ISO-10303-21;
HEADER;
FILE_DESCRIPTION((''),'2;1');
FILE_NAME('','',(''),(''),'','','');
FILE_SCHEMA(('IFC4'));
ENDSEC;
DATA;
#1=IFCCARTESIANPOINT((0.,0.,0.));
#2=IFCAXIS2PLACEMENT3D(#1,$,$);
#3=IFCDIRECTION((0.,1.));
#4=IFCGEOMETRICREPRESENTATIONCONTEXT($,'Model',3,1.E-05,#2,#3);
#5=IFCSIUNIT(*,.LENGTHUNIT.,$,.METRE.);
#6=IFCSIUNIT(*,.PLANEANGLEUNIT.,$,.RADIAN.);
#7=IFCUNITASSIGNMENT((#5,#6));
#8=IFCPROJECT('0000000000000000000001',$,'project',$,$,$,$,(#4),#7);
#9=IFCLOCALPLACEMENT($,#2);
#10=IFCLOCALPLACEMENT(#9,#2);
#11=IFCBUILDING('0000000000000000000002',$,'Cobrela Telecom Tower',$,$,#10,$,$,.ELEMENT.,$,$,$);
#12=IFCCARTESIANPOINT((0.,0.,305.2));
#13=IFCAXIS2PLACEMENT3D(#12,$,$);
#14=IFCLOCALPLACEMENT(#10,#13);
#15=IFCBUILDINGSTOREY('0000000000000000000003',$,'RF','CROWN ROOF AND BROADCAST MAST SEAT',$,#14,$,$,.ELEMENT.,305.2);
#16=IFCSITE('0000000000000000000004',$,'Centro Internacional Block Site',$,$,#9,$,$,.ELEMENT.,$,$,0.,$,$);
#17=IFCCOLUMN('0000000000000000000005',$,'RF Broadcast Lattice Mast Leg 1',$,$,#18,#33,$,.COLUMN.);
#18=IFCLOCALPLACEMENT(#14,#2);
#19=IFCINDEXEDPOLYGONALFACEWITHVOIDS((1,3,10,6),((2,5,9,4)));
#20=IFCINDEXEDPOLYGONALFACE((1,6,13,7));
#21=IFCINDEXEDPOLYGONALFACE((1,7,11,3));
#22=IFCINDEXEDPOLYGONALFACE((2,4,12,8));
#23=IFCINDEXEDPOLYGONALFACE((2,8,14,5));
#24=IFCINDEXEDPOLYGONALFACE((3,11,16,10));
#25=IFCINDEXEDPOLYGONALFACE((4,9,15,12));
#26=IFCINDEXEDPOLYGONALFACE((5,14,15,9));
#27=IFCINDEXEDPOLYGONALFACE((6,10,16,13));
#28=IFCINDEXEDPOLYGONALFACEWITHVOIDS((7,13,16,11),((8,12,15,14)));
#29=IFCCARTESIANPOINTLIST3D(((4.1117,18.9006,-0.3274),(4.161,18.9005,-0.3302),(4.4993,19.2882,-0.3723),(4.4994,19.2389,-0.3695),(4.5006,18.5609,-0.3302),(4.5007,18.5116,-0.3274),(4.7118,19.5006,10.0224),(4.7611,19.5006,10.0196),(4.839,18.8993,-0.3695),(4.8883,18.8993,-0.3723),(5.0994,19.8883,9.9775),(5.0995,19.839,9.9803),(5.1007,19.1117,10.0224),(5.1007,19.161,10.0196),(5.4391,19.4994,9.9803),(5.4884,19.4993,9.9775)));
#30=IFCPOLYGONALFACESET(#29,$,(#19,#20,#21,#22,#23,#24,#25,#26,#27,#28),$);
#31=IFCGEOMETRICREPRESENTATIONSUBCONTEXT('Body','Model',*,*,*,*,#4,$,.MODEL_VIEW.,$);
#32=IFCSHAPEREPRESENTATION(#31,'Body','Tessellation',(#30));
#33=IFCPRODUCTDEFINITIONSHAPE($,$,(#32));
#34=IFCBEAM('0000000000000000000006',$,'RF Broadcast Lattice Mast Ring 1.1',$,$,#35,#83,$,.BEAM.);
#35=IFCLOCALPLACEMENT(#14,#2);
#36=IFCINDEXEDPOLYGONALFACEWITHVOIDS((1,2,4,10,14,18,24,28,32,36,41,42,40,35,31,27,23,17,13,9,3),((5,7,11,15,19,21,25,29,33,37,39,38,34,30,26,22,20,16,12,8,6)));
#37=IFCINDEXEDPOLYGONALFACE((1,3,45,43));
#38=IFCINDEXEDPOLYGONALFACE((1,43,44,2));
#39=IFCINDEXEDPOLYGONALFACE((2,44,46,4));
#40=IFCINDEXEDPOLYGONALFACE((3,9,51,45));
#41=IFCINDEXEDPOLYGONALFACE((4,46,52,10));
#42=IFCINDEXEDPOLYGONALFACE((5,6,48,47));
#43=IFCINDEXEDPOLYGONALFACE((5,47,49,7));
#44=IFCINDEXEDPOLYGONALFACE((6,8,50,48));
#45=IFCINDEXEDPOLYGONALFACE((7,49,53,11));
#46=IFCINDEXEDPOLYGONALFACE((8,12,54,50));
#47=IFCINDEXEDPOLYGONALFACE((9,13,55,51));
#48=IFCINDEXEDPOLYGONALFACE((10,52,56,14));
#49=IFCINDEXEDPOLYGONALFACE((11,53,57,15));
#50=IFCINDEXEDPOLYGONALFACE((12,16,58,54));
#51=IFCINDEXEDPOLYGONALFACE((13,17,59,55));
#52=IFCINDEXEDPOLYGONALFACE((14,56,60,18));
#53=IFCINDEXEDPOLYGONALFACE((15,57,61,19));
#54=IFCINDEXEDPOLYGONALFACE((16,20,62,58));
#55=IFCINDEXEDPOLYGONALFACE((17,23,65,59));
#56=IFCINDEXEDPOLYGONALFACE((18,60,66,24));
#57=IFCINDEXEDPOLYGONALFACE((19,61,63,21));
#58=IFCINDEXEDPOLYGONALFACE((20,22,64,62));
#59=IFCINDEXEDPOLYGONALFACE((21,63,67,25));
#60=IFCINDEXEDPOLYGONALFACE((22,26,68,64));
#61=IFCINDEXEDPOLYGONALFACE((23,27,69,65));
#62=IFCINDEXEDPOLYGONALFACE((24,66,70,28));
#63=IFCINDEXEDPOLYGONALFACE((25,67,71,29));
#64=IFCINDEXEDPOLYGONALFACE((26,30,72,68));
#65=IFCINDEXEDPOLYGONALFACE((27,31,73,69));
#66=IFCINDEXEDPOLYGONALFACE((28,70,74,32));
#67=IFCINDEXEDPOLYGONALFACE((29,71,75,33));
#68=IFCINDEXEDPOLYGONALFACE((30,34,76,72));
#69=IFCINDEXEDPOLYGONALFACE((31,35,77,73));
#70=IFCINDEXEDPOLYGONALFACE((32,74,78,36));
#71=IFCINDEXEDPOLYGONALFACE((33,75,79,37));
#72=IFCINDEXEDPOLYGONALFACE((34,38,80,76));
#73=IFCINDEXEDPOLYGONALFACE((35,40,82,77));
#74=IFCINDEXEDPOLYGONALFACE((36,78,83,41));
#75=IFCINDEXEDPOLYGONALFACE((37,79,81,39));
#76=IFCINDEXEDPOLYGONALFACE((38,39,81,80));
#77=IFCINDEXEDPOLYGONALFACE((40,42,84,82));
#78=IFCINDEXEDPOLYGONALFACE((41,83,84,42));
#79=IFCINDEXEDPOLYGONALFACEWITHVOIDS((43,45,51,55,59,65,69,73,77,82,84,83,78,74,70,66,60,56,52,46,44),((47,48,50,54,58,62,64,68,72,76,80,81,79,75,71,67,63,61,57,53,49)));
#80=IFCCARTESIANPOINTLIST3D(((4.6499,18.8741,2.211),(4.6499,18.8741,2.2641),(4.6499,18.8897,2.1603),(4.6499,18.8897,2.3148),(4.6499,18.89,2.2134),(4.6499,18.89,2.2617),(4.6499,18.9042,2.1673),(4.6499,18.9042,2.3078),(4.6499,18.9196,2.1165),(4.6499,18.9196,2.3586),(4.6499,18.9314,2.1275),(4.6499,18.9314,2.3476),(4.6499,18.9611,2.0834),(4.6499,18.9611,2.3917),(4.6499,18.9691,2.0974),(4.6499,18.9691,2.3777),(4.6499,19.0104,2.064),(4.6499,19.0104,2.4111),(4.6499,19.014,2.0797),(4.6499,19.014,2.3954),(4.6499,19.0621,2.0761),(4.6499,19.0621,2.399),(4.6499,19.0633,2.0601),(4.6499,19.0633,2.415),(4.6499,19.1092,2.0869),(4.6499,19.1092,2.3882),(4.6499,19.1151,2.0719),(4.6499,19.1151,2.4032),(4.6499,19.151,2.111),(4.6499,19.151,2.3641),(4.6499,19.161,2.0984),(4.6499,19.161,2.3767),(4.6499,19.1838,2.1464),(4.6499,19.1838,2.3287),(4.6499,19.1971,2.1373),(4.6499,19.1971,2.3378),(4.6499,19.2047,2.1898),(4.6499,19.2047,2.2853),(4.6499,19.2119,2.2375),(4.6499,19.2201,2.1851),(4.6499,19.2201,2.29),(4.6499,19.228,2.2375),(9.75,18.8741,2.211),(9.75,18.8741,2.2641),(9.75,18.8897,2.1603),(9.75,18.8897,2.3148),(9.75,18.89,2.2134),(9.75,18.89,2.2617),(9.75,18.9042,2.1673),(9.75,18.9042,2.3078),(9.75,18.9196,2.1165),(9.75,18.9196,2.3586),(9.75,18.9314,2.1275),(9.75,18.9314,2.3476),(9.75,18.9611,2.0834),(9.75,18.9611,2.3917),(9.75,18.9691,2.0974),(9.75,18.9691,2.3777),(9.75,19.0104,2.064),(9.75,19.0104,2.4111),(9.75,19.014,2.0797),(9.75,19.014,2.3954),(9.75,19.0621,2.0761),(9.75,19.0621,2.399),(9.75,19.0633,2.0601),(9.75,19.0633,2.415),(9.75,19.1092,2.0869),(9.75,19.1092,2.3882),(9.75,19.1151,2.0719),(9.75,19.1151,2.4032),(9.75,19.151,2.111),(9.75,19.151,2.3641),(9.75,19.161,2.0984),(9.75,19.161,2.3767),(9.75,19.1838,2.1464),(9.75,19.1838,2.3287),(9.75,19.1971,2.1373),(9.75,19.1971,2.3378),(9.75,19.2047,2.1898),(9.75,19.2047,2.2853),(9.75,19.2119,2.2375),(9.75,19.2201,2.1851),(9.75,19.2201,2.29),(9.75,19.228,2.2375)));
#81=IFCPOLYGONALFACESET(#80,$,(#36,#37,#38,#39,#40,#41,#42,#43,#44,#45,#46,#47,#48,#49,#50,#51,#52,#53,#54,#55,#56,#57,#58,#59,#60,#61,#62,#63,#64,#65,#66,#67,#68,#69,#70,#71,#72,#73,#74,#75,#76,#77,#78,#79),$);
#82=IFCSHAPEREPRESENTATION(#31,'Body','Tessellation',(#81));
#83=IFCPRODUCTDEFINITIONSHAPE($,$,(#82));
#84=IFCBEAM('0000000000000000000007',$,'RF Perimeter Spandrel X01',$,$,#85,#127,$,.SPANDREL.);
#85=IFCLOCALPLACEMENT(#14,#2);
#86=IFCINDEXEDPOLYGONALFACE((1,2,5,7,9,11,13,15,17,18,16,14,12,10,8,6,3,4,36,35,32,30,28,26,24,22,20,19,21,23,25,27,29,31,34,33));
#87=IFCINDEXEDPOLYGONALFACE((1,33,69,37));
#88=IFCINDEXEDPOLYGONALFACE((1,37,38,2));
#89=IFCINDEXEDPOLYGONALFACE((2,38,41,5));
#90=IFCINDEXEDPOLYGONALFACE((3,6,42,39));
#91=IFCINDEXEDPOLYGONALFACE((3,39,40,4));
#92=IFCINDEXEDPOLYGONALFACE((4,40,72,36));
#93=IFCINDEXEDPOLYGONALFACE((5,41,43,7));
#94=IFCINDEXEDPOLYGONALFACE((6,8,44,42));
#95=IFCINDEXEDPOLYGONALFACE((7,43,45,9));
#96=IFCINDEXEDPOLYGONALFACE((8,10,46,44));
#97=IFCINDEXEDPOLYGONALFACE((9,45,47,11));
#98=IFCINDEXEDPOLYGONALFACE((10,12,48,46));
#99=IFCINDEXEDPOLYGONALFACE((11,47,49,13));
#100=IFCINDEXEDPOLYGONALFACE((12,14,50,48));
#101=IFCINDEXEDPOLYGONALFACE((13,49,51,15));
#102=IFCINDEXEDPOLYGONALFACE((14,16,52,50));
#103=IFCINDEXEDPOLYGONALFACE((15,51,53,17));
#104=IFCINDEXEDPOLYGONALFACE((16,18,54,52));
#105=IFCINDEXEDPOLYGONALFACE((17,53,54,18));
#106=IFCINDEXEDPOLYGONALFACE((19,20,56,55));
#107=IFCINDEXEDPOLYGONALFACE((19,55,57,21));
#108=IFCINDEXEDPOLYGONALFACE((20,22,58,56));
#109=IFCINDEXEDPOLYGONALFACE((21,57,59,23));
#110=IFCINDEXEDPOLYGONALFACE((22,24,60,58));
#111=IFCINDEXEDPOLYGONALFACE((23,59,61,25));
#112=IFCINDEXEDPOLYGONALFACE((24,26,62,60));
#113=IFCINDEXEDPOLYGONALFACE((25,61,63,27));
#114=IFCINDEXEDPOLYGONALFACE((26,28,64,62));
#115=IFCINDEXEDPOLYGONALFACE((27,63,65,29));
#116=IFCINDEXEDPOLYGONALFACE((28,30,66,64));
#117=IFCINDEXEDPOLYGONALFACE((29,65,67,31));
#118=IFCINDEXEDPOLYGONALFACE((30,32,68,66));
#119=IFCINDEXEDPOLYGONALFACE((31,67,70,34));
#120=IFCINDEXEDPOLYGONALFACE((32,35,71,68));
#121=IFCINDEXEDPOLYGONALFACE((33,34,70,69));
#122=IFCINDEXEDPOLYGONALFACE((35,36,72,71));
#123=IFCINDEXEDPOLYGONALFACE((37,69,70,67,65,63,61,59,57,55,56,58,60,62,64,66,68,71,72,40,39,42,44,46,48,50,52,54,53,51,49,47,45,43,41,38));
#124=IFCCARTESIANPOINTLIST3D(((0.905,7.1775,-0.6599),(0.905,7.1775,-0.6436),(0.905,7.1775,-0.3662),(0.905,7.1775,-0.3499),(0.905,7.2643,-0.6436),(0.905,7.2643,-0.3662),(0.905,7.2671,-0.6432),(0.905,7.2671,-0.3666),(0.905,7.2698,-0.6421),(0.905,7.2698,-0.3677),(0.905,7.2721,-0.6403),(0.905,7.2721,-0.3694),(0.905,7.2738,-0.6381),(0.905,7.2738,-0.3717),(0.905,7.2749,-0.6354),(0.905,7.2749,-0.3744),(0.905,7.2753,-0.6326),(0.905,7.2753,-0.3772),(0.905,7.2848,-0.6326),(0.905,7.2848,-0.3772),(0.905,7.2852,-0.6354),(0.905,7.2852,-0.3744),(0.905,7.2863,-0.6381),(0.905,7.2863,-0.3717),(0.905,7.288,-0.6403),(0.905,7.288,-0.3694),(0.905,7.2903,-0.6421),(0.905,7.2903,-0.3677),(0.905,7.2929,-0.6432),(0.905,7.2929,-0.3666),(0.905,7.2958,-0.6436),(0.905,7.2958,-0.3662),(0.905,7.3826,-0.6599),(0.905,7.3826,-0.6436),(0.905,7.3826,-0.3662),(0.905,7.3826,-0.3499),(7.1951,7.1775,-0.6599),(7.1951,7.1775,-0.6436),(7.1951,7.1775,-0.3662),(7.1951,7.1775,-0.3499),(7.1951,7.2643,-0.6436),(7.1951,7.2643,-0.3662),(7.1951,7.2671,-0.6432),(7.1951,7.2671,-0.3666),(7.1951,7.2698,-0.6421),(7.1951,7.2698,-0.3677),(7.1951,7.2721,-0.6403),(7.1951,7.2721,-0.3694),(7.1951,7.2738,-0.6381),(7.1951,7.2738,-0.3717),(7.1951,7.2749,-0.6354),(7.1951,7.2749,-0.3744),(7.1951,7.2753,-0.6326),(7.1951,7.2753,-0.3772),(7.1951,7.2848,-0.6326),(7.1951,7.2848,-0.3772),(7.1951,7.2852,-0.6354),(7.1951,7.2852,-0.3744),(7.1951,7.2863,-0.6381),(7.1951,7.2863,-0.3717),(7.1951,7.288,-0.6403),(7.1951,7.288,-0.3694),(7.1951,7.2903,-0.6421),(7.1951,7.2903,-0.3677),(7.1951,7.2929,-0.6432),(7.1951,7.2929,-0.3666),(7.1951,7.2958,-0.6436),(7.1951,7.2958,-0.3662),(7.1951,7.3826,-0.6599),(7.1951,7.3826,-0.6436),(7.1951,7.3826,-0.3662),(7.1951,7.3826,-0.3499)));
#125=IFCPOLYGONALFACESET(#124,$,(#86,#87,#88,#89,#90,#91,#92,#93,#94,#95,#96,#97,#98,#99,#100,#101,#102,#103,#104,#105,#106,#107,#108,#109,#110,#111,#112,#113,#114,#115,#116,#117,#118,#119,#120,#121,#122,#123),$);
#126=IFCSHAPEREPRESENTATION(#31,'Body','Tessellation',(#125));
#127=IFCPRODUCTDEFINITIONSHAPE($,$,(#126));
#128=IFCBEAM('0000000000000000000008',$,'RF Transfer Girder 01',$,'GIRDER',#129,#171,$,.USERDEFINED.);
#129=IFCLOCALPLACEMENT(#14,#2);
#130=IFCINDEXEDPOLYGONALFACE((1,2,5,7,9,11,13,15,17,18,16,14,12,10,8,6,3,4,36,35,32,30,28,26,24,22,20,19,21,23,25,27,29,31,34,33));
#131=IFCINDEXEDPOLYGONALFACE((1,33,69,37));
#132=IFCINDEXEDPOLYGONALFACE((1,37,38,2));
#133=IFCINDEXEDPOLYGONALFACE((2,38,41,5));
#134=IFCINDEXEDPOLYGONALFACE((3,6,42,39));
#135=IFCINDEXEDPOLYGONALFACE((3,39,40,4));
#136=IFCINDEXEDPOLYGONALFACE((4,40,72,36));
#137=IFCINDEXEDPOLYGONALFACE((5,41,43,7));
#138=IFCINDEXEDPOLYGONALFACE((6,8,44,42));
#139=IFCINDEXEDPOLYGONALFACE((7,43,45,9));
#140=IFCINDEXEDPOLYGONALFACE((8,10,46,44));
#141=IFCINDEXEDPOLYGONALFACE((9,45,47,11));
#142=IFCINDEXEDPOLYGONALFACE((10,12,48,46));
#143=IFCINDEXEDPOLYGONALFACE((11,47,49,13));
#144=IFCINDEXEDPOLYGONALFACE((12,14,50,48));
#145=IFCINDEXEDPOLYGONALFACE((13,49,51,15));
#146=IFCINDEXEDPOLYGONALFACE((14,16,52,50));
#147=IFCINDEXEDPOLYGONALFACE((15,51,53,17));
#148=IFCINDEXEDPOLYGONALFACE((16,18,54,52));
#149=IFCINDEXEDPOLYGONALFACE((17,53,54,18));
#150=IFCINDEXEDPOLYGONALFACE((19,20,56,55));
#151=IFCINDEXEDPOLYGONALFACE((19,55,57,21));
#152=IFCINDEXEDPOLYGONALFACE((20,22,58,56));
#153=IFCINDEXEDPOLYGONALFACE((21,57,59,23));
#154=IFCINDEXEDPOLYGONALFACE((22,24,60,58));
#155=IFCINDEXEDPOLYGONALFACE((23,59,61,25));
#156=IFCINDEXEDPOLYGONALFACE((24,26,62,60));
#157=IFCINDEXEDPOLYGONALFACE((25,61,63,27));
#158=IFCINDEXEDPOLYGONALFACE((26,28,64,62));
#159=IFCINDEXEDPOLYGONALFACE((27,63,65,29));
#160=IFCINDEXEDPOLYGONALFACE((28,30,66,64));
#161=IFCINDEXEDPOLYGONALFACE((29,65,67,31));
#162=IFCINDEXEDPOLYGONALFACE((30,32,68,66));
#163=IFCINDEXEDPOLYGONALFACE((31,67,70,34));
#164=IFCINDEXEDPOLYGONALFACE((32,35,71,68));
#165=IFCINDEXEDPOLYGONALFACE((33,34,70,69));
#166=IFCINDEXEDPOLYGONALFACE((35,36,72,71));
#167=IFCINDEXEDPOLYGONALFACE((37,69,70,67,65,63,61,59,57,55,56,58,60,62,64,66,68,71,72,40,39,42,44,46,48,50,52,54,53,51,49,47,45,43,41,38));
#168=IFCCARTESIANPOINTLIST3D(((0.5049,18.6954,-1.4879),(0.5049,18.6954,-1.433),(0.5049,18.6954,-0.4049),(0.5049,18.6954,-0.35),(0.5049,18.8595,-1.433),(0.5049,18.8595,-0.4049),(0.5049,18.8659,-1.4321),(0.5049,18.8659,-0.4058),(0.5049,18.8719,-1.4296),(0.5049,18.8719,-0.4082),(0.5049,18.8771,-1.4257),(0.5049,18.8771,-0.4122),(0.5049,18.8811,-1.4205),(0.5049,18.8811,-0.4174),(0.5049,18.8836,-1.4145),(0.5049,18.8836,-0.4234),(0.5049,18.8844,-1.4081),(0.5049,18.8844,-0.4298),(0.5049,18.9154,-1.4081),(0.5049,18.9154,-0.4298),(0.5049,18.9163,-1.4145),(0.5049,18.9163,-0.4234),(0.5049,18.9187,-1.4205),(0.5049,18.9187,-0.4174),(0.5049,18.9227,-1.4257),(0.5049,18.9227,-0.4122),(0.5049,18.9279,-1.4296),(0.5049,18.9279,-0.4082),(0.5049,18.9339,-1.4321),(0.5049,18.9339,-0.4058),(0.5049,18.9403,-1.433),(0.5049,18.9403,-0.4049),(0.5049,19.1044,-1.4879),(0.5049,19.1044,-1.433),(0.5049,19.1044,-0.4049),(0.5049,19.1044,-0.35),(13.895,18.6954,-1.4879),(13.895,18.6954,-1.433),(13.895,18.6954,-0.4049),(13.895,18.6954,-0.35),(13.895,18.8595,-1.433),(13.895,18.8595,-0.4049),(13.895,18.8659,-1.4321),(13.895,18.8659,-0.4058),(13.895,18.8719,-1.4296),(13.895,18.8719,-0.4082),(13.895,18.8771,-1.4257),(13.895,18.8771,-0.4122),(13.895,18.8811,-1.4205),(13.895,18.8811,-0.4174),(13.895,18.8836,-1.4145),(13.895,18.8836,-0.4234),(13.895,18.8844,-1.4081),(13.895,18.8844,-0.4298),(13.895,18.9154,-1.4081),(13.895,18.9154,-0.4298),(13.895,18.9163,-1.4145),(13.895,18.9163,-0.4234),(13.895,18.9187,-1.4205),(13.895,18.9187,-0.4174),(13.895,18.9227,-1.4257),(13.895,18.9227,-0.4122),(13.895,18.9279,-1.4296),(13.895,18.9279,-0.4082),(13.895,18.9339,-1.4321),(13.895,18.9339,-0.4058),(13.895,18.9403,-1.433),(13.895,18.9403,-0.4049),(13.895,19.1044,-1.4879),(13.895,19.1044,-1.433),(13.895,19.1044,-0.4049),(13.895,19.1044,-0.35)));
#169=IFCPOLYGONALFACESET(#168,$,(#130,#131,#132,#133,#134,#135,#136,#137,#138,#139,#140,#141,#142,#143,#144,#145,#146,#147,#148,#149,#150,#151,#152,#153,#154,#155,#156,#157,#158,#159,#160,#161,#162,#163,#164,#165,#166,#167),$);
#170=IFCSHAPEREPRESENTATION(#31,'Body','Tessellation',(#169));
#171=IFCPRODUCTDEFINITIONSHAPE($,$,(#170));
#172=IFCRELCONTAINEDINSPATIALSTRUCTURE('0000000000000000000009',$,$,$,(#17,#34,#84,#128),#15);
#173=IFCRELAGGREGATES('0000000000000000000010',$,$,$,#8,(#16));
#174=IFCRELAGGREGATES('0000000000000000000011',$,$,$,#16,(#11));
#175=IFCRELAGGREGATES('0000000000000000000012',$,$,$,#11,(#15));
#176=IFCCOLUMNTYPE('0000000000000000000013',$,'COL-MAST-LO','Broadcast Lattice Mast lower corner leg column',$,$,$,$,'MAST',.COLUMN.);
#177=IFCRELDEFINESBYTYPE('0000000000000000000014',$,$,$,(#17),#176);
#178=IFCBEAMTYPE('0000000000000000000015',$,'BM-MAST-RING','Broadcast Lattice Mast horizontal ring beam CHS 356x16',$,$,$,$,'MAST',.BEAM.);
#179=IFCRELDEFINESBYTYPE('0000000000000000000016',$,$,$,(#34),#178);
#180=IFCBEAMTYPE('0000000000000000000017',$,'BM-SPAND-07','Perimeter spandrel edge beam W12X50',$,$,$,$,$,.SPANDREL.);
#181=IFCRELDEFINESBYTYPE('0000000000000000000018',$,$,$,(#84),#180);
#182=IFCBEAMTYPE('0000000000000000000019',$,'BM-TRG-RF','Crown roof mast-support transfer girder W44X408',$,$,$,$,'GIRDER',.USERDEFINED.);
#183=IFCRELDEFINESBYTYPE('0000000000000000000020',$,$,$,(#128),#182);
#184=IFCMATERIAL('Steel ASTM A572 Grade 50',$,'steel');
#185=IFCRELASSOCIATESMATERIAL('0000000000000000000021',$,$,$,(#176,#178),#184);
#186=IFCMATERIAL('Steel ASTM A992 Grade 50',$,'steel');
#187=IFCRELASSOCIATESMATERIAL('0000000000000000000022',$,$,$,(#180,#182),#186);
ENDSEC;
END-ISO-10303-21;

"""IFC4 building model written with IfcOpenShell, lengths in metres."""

from ifc_helpers import new_model, si_unit, direction, frame, origin, origin_2d, place, context, subcontext, project, spatial, hollow_rectangle, hollow_circle, i_section, extrude, material, material_profile, profile_set, type_object, element, save


model = new_model("IFC4")

# Units and contexts
model_context = context("Model", 3, precision=1e-05, world=origin(), true_north=direction((0.0, 1.0)))
body_context = subcontext(model_context, "Body", "Model", "MODEL_VIEW")
ifc_project = project(units=[si_unit("LENGTHUNIT", "METRE"), si_unit("PLANEANGLEUNIT", "RADIAN")], contexts=[model_context])

# Site, building, storey
site_placement = place(None, origin())
site = spatial("IfcSite", under=ifc_project, at=site_placement, Name="Centro Internacional Block Site", CompositionType="ELEMENT", RefElevation=0.0)
building_placement = place(site_placement, origin())
building = spatial("IfcBuilding", under=site, at=building_placement, Name="Cobrela Telecom Tower", CompositionType="ELEMENT")
storey_placement = place(building_placement, frame((0.0, 0.0, 305.2)))
storey = spatial("IfcBuildingStorey", under=building, at=storey_placement, Name="RF", Description="CROWN ROOF AND BROADCAST MAST SEAT", CompositionType="ELEMENT", Elevation=305.2)

# Column
ifc_material_1 = material(Name="Steel ASTM A572 Grade 50", Category="steel")
ifc_material_profile_1 = material_profile(ifc_material_1, hollow_rectangle(XDim=0.55, YDim=0.55, WallThickness=0.0349, at=origin_2d()), Name="BOX 550x550x35")
ifc_profile_set_1 = profile_set([ifc_material_profile_1], Name="Steel ASTM A572 Grade 50")
column_type = type_object("IfcColumnType", Name="COL-MAST-LO", Description="Broadcast Lattice Mast lower corner leg column", ElementType="MAST", PredefinedType="COLUMN", material=ifc_profile_set_1)
column_placement = place(storey_placement, frame((4.5, 18.8999, -0.3499), z_axis=(0.057787, 0.057787, 0.996655), x_axis=(-0.707107, 0.707107, 0.0)))
element("IfcColumn", 1, at=column_placement, inside=storey, type_object=column_type, Name="RF Broadcast Lattice Mast Leg 1", PredefinedType="COLUMN", context=body_context, shape_type="SweptSolid", body=[
    extrude(hollow_rectangle(XDim=0.55, YDim=0.55, WallThickness=0.0349, at=origin_2d()), origin(), (0.0, 0.0, 1.0), 10.3845),
])

# Beams
ifc_material_profile_2 = material_profile(ifc_material_1, hollow_circle(Radius=0.178, WallThickness=0.0161, at=origin_2d()), Name="CHS 356x16")
ifc_profile_set_2 = profile_set([ifc_material_profile_2], Name="Steel ASTM A572 Grade 50")
beam_type_1 = type_object("IfcBeamType", Name="BM-MAST-RING", Description="Broadcast Lattice Mast horizontal ring beam CHS 356x16", ElementType="MAST", PredefinedType="BEAM", material=ifc_profile_set_2)
beam_1_placement = place(storey_placement, frame((4.6499, 19.05, 2.2375), z_axis=(1.0, 0.0, 0.0), x_axis=(0.0, 1.0, 0.0)))
element("IfcBeam", 2, at=beam_1_placement, inside=storey, type_object=beam_type_1, Name="RF Broadcast Lattice Mast Ring 1.1", PredefinedType="BEAM", context=body_context, shape_type="SweptSolid", body=[
    extrude(hollow_circle(Radius=0.178, WallThickness=0.0161, at=origin_2d()), origin(), (0.0, 0.0, 1.0), 5.1001),
])
ifc_material_2 = material(Name="Steel ASTM A992 Grade 50", Category="steel")
ifc_material_profile_3 = material_profile(ifc_material_2, i_section(OverallWidth=0.2051, OverallDepth=0.3101, WebThickness=0.0095, FlangeThickness=0.0164, FilletRadius=0.011, at=origin_2d()), Name="W12X50")
ifc_profile_set_3 = profile_set([ifc_material_profile_3], Name="Steel ASTM A992 Grade 50")
beam_type_2 = type_object("IfcBeamType", Name="BM-SPAND-07", Description="Perimeter spandrel edge beam W12X50", PredefinedType="SPANDREL", material=ifc_profile_set_3)
beam_2_placement = place(storey_placement, frame((0.905, 7.28, -0.5049), z_axis=(1.0, 0.0, 0.0), x_axis=(0.0, 1.0, 0.0)))
element("IfcBeam", 3, at=beam_2_placement, inside=storey, type_object=beam_type_2, Name="RF Perimeter Spandrel X01", PredefinedType="SPANDREL", context=body_context, shape_type="SweptSolid", body=[
    extrude(i_section(OverallWidth=0.2051, OverallDepth=0.3101, WebThickness=0.0095, FlangeThickness=0.0164, FilletRadius=0.011, at=origin_2d()), origin(), (0.0, 0.0, 1.0), 6.29),
])
ifc_material_profile_4 = material_profile(ifc_material_2, i_section(OverallWidth=0.4089, OverallDepth=1.1379, WebThickness=0.031, FlangeThickness=0.0549, FilletRadius=0.0249, at=origin_2d()), Name="W44X408")
ifc_profile_set_4 = profile_set([ifc_material_profile_4], Name="Steel ASTM A992 Grade 50")
beam_type_3 = type_object("IfcBeamType", Name="BM-TRG-RF", Description="Crown roof mast-support transfer girder W44X408", ElementType="GIRDER", PredefinedType="USERDEFINED", material=ifc_profile_set_4)
beam_3_placement = place(storey_placement, frame((0.5049, 18.8999, -0.9189), z_axis=(1.0, 0.0, 0.0), x_axis=(0.0, 1.0, 0.0)))
element("IfcBeam", 4, at=beam_3_placement, inside=storey, type_object=beam_type_3, Name="RF Transfer Girder 01", ObjectType="GIRDER", PredefinedType="USERDEFINED", context=body_context, shape_type="SweptSolid", body=[
    extrude(i_section(OverallWidth=0.4089, OverallDepth=1.1379, WebThickness=0.031, FlangeThickness=0.0549, FilletRadius=0.0249, at=origin_2d()), origin(), (0.0, 0.0, 1.0), 13.3901),
])

save(model, "model.ifc")
